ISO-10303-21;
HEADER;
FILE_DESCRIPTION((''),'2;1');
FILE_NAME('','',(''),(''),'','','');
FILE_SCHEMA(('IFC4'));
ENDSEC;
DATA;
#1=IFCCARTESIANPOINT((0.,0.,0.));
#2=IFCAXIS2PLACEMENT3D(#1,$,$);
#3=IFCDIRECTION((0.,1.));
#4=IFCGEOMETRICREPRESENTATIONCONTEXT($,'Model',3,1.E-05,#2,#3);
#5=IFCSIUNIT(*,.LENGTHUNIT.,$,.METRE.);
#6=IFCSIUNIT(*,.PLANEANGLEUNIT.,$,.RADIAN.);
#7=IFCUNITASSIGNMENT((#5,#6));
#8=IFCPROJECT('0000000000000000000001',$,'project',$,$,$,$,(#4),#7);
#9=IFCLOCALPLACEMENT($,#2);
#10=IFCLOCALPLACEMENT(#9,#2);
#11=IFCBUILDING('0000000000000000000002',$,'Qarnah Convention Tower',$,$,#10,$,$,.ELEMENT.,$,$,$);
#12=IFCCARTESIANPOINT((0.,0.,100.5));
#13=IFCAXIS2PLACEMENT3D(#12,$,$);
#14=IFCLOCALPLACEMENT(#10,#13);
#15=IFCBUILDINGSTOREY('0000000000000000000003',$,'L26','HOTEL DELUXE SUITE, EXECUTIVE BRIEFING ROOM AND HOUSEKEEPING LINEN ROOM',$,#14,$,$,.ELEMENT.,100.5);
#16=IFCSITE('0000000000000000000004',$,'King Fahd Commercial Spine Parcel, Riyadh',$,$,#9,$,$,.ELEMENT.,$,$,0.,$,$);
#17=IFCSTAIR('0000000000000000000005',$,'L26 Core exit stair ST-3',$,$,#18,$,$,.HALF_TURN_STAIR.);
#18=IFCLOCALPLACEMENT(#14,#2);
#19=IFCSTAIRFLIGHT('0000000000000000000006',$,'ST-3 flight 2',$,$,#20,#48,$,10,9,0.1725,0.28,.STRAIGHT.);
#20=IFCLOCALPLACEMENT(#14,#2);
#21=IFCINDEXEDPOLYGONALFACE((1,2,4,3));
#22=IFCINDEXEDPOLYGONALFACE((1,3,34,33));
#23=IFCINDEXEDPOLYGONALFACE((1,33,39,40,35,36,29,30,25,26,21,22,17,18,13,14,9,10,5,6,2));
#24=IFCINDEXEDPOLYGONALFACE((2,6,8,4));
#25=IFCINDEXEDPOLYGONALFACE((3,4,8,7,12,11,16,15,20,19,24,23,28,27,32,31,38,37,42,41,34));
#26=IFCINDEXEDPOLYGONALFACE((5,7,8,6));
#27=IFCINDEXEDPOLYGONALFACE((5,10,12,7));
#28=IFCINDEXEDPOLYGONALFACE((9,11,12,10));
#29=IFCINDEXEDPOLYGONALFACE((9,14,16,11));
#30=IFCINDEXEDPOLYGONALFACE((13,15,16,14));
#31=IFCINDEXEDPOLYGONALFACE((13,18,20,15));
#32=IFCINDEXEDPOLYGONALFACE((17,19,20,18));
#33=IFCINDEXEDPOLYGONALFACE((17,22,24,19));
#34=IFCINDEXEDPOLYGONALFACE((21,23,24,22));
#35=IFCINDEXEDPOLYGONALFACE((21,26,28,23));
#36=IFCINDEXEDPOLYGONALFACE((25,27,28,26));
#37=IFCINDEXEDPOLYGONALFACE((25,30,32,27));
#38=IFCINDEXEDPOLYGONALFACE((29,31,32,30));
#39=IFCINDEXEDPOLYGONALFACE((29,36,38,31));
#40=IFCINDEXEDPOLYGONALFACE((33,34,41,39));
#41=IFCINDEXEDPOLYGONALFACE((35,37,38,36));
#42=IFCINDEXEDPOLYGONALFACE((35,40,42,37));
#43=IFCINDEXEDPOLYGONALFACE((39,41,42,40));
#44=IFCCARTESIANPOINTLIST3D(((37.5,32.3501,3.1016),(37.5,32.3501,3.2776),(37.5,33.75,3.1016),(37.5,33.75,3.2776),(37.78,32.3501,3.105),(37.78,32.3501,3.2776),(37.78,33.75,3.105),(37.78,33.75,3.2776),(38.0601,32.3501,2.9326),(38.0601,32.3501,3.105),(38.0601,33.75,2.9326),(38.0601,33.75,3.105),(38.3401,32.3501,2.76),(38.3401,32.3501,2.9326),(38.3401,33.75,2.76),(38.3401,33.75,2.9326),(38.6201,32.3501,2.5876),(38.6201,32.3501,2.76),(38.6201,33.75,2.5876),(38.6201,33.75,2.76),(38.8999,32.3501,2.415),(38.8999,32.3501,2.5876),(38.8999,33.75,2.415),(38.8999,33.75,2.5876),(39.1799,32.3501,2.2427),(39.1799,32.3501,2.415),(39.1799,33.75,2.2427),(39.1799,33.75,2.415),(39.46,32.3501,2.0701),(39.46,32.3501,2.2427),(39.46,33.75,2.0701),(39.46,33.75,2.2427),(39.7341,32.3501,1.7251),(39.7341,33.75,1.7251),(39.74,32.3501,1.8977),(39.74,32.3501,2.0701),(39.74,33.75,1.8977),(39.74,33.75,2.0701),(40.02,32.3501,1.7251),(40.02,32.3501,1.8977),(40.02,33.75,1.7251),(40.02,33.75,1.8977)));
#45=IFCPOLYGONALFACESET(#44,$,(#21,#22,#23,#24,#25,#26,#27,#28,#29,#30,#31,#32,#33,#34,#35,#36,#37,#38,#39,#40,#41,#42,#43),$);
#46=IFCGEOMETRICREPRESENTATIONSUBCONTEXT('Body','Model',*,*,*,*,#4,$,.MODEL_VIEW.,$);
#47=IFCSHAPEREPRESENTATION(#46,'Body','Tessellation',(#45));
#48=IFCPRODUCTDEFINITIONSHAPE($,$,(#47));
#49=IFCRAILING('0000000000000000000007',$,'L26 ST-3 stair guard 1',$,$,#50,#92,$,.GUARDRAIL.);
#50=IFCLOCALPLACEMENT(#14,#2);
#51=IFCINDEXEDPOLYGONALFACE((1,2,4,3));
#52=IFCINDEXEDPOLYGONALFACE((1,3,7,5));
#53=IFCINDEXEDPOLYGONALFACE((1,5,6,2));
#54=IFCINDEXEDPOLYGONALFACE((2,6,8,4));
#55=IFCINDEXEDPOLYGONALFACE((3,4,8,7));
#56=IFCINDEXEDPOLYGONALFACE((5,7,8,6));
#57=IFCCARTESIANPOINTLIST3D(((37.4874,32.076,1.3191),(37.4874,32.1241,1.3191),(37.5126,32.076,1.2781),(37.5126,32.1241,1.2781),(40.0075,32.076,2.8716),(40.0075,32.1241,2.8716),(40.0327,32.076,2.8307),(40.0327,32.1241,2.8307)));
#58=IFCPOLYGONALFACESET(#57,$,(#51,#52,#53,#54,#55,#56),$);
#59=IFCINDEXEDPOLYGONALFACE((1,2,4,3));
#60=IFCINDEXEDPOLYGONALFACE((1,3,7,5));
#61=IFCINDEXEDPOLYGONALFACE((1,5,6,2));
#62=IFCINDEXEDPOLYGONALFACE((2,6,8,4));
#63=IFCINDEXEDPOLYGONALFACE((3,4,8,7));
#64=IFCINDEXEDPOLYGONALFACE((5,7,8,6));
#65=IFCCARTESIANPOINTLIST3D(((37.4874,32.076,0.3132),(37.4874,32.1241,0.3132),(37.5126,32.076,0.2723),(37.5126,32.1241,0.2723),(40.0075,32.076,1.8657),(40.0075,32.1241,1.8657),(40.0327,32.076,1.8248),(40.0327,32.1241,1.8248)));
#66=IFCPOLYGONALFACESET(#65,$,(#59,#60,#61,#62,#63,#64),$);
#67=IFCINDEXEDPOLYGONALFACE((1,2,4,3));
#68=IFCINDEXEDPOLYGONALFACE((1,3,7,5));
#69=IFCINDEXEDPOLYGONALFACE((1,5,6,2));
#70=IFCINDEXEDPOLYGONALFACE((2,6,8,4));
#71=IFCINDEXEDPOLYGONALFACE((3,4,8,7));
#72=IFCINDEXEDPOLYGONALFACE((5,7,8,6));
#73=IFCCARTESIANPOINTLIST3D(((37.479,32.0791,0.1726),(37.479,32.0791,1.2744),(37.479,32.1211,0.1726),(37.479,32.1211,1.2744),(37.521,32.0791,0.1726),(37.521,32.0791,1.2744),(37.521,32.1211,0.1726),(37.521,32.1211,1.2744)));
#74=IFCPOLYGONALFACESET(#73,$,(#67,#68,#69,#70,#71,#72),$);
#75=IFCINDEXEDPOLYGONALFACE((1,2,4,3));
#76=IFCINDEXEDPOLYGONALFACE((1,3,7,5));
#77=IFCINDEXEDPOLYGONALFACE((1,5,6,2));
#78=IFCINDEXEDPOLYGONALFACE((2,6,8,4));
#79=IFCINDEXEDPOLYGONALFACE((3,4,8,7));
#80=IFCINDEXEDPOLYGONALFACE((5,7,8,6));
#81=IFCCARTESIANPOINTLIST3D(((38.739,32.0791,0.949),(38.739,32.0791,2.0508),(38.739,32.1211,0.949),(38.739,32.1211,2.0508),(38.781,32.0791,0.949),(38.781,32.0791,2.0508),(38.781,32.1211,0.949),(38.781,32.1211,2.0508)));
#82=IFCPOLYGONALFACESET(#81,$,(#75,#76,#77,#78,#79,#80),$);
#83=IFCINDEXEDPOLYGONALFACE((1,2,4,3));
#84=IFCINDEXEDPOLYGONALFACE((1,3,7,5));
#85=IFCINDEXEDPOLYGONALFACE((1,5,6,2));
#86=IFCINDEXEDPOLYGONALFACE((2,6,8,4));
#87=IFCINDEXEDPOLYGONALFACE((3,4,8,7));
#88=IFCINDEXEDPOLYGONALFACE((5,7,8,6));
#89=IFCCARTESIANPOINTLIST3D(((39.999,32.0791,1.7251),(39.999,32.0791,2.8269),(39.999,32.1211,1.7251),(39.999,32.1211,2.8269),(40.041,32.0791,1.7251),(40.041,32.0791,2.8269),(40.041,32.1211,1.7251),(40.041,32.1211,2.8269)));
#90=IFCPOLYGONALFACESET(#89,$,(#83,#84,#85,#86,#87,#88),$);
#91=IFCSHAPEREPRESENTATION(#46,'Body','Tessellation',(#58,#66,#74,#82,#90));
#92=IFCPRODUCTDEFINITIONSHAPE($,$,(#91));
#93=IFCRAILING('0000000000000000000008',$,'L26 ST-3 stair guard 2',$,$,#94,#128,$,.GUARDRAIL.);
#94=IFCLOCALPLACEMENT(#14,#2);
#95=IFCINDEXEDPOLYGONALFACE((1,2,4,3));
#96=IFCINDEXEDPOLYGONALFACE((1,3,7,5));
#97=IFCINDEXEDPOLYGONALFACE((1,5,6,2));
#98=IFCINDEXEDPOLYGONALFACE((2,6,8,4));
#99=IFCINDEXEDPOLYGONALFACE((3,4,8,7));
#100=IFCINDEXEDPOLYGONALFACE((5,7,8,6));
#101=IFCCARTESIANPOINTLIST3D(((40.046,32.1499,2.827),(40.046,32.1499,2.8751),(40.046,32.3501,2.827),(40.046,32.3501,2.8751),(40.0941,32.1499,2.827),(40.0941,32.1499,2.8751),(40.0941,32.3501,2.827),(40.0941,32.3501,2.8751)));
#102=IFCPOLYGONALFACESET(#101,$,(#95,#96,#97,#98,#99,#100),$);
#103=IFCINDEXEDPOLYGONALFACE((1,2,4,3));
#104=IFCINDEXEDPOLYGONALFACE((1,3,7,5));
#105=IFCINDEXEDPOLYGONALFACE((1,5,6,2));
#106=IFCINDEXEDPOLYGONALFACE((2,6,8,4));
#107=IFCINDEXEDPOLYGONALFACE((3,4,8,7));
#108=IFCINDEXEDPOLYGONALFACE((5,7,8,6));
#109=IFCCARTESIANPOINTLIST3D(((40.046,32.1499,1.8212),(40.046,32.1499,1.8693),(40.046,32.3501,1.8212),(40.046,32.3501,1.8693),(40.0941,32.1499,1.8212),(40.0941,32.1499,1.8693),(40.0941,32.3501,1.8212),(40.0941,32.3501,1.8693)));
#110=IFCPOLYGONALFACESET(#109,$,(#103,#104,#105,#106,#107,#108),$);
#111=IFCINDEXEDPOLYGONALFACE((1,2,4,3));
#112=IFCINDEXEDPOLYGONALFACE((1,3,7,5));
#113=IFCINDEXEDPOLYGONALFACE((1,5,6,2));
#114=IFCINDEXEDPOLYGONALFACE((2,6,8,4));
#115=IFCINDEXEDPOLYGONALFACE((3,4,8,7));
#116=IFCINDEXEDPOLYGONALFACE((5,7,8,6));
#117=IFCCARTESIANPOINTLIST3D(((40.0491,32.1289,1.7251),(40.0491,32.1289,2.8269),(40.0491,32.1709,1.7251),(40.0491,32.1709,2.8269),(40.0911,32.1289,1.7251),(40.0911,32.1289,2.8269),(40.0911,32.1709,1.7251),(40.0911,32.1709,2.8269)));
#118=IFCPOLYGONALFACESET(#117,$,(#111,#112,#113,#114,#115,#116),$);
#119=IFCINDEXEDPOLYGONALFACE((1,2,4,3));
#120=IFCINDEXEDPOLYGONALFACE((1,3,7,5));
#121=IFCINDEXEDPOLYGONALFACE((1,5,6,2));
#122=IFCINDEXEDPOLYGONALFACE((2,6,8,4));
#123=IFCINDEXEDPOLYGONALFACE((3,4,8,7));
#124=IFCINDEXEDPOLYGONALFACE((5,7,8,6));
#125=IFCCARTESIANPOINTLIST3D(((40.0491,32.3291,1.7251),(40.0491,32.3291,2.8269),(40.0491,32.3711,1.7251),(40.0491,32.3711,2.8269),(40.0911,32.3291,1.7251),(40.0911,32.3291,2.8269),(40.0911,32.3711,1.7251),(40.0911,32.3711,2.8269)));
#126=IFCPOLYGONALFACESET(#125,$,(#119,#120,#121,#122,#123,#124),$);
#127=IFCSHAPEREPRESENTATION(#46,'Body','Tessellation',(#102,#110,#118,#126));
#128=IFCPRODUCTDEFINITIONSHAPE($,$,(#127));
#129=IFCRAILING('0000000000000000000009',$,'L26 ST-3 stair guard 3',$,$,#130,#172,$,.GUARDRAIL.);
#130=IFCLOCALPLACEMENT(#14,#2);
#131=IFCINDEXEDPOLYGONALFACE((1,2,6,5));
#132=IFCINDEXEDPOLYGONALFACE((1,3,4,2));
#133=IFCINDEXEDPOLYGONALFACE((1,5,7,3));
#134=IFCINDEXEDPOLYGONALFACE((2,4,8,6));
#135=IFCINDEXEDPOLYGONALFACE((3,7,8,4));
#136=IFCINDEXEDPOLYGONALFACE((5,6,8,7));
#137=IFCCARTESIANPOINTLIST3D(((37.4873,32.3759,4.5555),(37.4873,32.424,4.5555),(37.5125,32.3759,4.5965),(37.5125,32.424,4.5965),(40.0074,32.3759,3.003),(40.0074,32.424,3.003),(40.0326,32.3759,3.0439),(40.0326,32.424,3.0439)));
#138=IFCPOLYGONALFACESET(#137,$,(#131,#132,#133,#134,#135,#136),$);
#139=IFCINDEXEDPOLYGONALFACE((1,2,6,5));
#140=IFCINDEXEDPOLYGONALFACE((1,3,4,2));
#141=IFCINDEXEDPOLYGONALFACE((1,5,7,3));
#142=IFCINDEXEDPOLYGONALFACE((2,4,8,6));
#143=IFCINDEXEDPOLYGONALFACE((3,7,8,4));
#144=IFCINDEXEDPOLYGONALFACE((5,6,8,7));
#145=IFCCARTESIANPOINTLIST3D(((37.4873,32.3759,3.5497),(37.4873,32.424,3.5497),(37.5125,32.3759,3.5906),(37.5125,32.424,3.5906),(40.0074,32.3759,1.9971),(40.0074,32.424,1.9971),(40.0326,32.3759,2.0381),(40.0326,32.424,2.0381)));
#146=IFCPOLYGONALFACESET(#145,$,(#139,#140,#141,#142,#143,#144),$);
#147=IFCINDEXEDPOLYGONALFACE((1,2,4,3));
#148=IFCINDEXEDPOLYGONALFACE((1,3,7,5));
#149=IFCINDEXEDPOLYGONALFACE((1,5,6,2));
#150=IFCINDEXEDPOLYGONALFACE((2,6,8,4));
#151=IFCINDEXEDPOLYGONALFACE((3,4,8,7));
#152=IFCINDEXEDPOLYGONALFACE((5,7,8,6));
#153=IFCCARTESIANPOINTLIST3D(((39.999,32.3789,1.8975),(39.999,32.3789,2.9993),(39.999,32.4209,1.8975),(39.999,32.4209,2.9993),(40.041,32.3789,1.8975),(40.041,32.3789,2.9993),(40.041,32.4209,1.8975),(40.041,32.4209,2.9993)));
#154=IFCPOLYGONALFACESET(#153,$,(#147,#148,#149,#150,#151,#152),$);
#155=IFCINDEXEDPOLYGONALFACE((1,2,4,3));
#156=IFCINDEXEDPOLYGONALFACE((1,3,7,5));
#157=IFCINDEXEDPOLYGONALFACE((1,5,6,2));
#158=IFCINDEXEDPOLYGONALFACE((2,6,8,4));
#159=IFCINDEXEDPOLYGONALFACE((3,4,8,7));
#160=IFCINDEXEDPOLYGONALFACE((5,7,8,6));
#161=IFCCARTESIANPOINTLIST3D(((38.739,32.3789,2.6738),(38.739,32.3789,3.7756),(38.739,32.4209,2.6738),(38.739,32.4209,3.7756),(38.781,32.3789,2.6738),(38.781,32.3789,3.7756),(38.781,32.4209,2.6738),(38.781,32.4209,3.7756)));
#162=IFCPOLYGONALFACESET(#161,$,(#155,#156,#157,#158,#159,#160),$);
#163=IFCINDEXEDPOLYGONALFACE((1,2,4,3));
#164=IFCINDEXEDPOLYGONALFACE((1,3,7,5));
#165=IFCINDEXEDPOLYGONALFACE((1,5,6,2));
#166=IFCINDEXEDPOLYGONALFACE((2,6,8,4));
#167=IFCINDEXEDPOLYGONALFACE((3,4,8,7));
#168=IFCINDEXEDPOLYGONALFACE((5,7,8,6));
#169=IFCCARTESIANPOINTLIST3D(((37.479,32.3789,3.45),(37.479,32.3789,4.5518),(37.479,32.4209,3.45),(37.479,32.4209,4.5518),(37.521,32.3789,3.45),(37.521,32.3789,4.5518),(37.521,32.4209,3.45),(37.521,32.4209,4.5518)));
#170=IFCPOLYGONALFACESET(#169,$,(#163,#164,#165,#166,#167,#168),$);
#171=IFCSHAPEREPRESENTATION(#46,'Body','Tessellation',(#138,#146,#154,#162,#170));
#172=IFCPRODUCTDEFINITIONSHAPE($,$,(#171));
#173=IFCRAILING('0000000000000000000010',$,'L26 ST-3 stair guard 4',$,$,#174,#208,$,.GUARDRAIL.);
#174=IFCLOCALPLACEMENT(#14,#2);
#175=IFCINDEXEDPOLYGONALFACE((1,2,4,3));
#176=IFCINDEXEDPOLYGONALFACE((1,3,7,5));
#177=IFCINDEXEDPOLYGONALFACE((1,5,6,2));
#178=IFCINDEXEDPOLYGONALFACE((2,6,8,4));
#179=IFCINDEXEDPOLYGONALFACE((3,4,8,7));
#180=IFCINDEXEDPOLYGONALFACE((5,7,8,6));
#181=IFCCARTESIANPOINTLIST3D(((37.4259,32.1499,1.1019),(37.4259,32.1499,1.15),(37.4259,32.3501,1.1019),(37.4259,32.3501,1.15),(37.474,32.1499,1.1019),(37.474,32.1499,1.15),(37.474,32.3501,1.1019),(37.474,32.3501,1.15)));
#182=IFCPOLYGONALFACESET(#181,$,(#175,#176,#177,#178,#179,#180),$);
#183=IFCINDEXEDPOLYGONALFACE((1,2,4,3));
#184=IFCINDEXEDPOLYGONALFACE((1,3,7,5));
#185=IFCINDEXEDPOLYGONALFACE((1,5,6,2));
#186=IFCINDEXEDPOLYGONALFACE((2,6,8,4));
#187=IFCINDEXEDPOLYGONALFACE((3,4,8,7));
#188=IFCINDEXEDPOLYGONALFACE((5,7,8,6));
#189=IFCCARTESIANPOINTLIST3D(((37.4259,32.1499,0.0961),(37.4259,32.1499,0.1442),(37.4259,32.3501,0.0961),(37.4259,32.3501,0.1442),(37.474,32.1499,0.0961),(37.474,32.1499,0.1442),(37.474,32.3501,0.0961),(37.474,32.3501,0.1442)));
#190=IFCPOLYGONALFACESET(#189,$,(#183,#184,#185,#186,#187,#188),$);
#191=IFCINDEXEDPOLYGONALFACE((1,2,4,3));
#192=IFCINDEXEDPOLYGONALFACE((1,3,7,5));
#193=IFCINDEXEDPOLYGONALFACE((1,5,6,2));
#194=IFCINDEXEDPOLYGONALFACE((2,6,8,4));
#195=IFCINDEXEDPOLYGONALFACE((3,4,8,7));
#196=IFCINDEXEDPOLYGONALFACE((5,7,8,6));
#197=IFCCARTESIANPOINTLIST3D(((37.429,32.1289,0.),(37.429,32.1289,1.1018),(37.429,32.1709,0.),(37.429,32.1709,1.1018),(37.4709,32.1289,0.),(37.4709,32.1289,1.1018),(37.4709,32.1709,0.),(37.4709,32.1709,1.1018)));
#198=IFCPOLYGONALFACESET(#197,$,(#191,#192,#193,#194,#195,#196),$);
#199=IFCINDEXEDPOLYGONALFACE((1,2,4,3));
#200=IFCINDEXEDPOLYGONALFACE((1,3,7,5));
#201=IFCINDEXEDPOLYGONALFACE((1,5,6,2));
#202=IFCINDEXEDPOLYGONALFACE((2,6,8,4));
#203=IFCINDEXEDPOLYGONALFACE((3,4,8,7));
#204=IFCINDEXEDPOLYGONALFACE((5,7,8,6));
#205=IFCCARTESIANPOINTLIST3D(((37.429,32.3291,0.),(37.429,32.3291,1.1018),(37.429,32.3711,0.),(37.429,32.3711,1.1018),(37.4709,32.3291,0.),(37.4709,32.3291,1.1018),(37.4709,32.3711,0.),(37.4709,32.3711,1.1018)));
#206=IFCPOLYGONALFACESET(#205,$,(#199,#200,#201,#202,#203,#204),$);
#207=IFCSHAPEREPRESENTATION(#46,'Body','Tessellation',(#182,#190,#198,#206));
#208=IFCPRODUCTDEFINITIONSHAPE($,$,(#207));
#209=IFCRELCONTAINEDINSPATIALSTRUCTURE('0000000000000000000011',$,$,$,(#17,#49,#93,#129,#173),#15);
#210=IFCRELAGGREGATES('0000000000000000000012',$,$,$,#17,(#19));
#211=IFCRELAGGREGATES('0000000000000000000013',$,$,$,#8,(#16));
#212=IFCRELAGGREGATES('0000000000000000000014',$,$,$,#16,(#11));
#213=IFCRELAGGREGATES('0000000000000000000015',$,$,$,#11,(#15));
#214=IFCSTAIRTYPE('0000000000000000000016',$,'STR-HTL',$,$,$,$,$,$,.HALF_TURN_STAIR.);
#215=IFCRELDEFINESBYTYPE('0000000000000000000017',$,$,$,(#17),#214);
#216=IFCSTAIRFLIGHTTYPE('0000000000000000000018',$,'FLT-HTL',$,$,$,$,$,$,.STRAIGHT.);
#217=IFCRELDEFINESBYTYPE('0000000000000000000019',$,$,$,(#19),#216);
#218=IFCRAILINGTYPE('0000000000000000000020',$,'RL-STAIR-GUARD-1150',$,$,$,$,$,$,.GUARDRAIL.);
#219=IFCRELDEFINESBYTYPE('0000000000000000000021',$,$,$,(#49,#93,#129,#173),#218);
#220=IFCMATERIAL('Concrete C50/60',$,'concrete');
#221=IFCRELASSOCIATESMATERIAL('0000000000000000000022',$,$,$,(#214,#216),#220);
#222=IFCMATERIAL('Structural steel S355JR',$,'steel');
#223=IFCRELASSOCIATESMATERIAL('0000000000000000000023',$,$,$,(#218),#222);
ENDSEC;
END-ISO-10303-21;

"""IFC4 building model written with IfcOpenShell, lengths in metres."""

from ifc_helpers import new_model, si_unit, direction, frame, origin, origin_2d, place, context, subcontext, project, spatial, polyline, rectangle, outline, extrude, material, type_object, element, aggregate, save


model = new_model("IFC4")

# Units and contexts
model_context = context("Model", 3, precision=1e-05, world=origin(), true_north=direction((0.0, 1.0)))
body_context = subcontext(model_context, "Body", "Model", "MODEL_VIEW")
ifc_project = project(units=[si_unit("LENGTHUNIT", "METRE"), si_unit("PLANEANGLEUNIT", "RADIAN")], contexts=[model_context])

# Site, building, storey
site_placement = place(None, origin())
site = spatial("IfcSite", under=ifc_project, at=site_placement, Name="King Fahd Commercial Spine Parcel, Riyadh", CompositionType="ELEMENT", RefElevation=0.0)
building_placement = place(site_placement, origin())
building = spatial("IfcBuilding", under=site, at=building_placement, Name="Qarnah Convention Tower", CompositionType="ELEMENT")
storey_placement = place(building_placement, frame((0.0, 0.0, 100.5)))
storey = spatial("IfcBuildingStorey", under=building, at=storey_placement, Name="L26", Description="HOTEL DELUXE SUITE, EXECUTIVE BRIEFING ROOM AND HOUSEKEEPING LINEN ROOM", CompositionType="ELEMENT", Elevation=100.5)

# Shared definitions
ifc_material_1 = material(Name="Structural steel S355JR", Category="steel")

# Stair, stair flight
ifc_material_2 = material(Name="Concrete C50/60", Category="concrete")
stair_type = type_object("IfcStairType", Name="STR-HTL", PredefinedType="HALF_TURN_STAIR", material=ifc_material_2)
stair_placement = place(storey_placement, origin())
stair = element("IfcStair", 1, at=stair_placement, inside=storey, type_object=stair_type, Name="L26 Core exit stair ST-3", PredefinedType="HALF_TURN_STAIR")
stair_flight_type = type_object("IfcStairFlightType", Name="FLT-HTL", PredefinedType="STRAIGHT", material=ifc_material_2)
stair_flight_1_placement = place(storey_placement, frame((40.02, 33.05, 1.7251), z_axis=(0.0, 0.0, 1.0), x_axis=(-1.0, 0.0, 0.0)))
stair_flight_1 = element("IfcStairFlight", 2, at=stair_flight_1_placement, type_object=stair_flight_type, Name="ST-3 flight 2", NumberOfRisers=10, NumberOfTreads=9, PredefinedType="STRAIGHT", RiserHeight=0.1725, TreadLength=0.28, context=body_context, shape_type="SweptSolid", body=[
    extrude(outline(polyline([(0.0, 0.0), (0.0, 0.1726), (0.28, 0.1726), (0.28, 0.345), (0.5601, 0.345), (0.5601, 0.5176), (0.8401, 0.5176), (0.8401, 0.6899), (1.1201, 0.6899), (1.1201, 0.8625), (1.3999, 0.8625), (1.3999, 1.0349), (1.6799, 1.0349), (1.6799, 1.2075), (1.96, 1.2075), (1.96, 1.3799), (2.24, 1.3799), (2.24, 1.5525), (2.52, 1.5525), (2.52, 1.7251), (2.52, 1.3765), (0.2859, 0.0), (0.0, 0.0)])), frame((0.0, 0.7, 0.0), z_axis=(0.0, -1.0, 0.0), x_axis=(1.0, 0.0, 0.0)), (0.0, 0.0, 1.0), 1.3999),
])
aggregate(stair, [stair_flight_1])

# Railings
railing_type_1 = type_object("IfcRailingType", Name="RL-STAIR-GUARD-1150", PredefinedType="GUARDRAIL", material=ifc_material_1)
railing_1_placement = place(storey_placement, frame((37.5, 32.1001, 0.1726)))
element("IfcRailing", 3, at=railing_1_placement, inside=storey, type_object=railing_type_1, Name="L26 ST-3 stair guard 1", PredefinedType="GUARDRAIL", context=body_context, shape_type="SweptSolid", body=[
    extrude(rectangle(XDim=0.0481, YDim=0.0481, at=origin_2d()), frame((0.0, 0.0, 1.126), z_axis=(0.8514, 0.0, 0.524516), x_axis=(0.0, 1.0, 0.0)), (0.0, 0.0, 1.0), 2.96),
    extrude(rectangle(XDim=0.0481, YDim=0.0481, at=origin_2d()), frame((0.0, 0.0, 0.1201), z_axis=(0.8514, 0.0, 0.524516), x_axis=(0.0, 1.0, 0.0)), (0.0, 0.0, 1.0), 2.96),
    extrude(rectangle(XDim=0.042, YDim=0.042, at=origin_2d()), origin(), (0.0, 0.0, 1.0), 1.1018),
    extrude(rectangle(XDim=0.042, YDim=0.042, at=origin_2d()), frame((1.26, 0.0, 0.7764)), (0.0, 0.0, 1.0), 1.1018),
    extrude(rectangle(XDim=0.042, YDim=0.042, at=origin_2d()), frame((2.52, 0.0, 1.5525)), (0.0, 0.0, 1.0), 1.1018),
])
railing_2_placement = place(storey_placement, frame((40.0701, 32.1499, 1.7251)))
element("IfcRailing", 4, at=railing_2_placement, inside=storey, type_object=railing_type_1, Name="L26 ST-3 stair guard 2", PredefinedType="GUARDRAIL", context=body_context, shape_type="SweptSolid", body=[
    extrude(rectangle(XDim=0.0481, YDim=0.0481, at=origin_2d()), frame((0.0, 0.0, 1.126), z_axis=(0.0, 1.0, 0.0), x_axis=(-1.0, 0.0, 0.0)), (0.0, 0.0, 1.0), 0.2002),
    extrude(rectangle(XDim=0.0481, YDim=0.0481, at=origin_2d()), frame((0.0, 0.0, 0.1201), z_axis=(0.0, 1.0, 0.0), x_axis=(-1.0, 0.0, 0.0)), (0.0, 0.0, 1.0), 0.2002),
    extrude(rectangle(XDim=0.042, YDim=0.042, at=origin_2d()), origin(), (0.0, 0.0, 1.0), 1.1018),
    extrude(rectangle(XDim=0.042, YDim=0.042, at=origin_2d()), frame((0.0, 0.2002, 0.0)), (0.0, 0.0, 1.0), 1.1018),
])
railing_3_placement = place(storey_placement, frame((40.02, 32.3999, 1.8975)))
element("IfcRailing", 5, at=railing_3_placement, inside=storey, type_object=railing_type_1, Name="L26 ST-3 stair guard 3", PredefinedType="GUARDRAIL", context=body_context, shape_type="SweptSolid", body=[
    extrude(rectangle(XDim=0.0481, YDim=0.0481, at=origin_2d()), frame((0.0, 0.0, 1.126), z_axis=(-0.8514, 0.0, 0.524516), x_axis=(0.0, -1.0, 0.0)), (0.0, 0.0, 1.0), 2.96),
    extrude(rectangle(XDim=0.0481, YDim=0.0481, at=origin_2d()), frame((0.0, 0.0, 0.1201), z_axis=(-0.8514, 0.0, 0.524516), x_axis=(0.0, -1.0, 0.0)), (0.0, 0.0, 1.0), 2.96),
    extrude(rectangle(XDim=0.042, YDim=0.042, at=origin_2d()), origin(), (0.0, 0.0, 1.0), 1.1018),
    extrude(rectangle(XDim=0.042, YDim=0.042, at=origin_2d()), frame((-1.26, 0.0, 0.7764)), (0.0, 0.0, 1.0), 1.1018),
    extrude(rectangle(XDim=0.042, YDim=0.042, at=origin_2d()), frame((-2.52, 0.0, 1.5525)), (0.0, 0.0, 1.0), 1.1018),
])
railing_4_placement = place(storey_placement, frame((37.45, 32.1499, 0.0)))
element("IfcRailing", 6, at=railing_4_placement, inside=storey, type_object=railing_type_1, Name="L26 ST-3 stair guard 4", PredefinedType="GUARDRAIL", context=body_context, shape_type="SweptSolid", body=[
    extrude(rectangle(XDim=0.0481, YDim=0.0481, at=origin_2d()), frame((0.0, 0.0, 1.126), z_axis=(0.0, 1.0, 0.0), x_axis=(-1.0, 0.0, 0.0)), (0.0, 0.0, 1.0), 0.2002),
    extrude(rectangle(XDim=0.0481, YDim=0.0481, at=origin_2d()), frame((0.0, 0.0, 0.1201), z_axis=(0.0, 1.0, 0.0), x_axis=(-1.0, 0.0, 0.0)), (0.0, 0.0, 1.0), 0.2002),
    extrude(rectangle(XDim=0.042, YDim=0.042, at=origin_2d()), origin(), (0.0, 0.0, 1.0), 1.1018),
    extrude(rectangle(XDim=0.042, YDim=0.042, at=origin_2d()), frame((0.0, 0.2002, 0.0)), (0.0, 0.0, 1.0), 1.1018),
])

save(model, "model.ifc")
